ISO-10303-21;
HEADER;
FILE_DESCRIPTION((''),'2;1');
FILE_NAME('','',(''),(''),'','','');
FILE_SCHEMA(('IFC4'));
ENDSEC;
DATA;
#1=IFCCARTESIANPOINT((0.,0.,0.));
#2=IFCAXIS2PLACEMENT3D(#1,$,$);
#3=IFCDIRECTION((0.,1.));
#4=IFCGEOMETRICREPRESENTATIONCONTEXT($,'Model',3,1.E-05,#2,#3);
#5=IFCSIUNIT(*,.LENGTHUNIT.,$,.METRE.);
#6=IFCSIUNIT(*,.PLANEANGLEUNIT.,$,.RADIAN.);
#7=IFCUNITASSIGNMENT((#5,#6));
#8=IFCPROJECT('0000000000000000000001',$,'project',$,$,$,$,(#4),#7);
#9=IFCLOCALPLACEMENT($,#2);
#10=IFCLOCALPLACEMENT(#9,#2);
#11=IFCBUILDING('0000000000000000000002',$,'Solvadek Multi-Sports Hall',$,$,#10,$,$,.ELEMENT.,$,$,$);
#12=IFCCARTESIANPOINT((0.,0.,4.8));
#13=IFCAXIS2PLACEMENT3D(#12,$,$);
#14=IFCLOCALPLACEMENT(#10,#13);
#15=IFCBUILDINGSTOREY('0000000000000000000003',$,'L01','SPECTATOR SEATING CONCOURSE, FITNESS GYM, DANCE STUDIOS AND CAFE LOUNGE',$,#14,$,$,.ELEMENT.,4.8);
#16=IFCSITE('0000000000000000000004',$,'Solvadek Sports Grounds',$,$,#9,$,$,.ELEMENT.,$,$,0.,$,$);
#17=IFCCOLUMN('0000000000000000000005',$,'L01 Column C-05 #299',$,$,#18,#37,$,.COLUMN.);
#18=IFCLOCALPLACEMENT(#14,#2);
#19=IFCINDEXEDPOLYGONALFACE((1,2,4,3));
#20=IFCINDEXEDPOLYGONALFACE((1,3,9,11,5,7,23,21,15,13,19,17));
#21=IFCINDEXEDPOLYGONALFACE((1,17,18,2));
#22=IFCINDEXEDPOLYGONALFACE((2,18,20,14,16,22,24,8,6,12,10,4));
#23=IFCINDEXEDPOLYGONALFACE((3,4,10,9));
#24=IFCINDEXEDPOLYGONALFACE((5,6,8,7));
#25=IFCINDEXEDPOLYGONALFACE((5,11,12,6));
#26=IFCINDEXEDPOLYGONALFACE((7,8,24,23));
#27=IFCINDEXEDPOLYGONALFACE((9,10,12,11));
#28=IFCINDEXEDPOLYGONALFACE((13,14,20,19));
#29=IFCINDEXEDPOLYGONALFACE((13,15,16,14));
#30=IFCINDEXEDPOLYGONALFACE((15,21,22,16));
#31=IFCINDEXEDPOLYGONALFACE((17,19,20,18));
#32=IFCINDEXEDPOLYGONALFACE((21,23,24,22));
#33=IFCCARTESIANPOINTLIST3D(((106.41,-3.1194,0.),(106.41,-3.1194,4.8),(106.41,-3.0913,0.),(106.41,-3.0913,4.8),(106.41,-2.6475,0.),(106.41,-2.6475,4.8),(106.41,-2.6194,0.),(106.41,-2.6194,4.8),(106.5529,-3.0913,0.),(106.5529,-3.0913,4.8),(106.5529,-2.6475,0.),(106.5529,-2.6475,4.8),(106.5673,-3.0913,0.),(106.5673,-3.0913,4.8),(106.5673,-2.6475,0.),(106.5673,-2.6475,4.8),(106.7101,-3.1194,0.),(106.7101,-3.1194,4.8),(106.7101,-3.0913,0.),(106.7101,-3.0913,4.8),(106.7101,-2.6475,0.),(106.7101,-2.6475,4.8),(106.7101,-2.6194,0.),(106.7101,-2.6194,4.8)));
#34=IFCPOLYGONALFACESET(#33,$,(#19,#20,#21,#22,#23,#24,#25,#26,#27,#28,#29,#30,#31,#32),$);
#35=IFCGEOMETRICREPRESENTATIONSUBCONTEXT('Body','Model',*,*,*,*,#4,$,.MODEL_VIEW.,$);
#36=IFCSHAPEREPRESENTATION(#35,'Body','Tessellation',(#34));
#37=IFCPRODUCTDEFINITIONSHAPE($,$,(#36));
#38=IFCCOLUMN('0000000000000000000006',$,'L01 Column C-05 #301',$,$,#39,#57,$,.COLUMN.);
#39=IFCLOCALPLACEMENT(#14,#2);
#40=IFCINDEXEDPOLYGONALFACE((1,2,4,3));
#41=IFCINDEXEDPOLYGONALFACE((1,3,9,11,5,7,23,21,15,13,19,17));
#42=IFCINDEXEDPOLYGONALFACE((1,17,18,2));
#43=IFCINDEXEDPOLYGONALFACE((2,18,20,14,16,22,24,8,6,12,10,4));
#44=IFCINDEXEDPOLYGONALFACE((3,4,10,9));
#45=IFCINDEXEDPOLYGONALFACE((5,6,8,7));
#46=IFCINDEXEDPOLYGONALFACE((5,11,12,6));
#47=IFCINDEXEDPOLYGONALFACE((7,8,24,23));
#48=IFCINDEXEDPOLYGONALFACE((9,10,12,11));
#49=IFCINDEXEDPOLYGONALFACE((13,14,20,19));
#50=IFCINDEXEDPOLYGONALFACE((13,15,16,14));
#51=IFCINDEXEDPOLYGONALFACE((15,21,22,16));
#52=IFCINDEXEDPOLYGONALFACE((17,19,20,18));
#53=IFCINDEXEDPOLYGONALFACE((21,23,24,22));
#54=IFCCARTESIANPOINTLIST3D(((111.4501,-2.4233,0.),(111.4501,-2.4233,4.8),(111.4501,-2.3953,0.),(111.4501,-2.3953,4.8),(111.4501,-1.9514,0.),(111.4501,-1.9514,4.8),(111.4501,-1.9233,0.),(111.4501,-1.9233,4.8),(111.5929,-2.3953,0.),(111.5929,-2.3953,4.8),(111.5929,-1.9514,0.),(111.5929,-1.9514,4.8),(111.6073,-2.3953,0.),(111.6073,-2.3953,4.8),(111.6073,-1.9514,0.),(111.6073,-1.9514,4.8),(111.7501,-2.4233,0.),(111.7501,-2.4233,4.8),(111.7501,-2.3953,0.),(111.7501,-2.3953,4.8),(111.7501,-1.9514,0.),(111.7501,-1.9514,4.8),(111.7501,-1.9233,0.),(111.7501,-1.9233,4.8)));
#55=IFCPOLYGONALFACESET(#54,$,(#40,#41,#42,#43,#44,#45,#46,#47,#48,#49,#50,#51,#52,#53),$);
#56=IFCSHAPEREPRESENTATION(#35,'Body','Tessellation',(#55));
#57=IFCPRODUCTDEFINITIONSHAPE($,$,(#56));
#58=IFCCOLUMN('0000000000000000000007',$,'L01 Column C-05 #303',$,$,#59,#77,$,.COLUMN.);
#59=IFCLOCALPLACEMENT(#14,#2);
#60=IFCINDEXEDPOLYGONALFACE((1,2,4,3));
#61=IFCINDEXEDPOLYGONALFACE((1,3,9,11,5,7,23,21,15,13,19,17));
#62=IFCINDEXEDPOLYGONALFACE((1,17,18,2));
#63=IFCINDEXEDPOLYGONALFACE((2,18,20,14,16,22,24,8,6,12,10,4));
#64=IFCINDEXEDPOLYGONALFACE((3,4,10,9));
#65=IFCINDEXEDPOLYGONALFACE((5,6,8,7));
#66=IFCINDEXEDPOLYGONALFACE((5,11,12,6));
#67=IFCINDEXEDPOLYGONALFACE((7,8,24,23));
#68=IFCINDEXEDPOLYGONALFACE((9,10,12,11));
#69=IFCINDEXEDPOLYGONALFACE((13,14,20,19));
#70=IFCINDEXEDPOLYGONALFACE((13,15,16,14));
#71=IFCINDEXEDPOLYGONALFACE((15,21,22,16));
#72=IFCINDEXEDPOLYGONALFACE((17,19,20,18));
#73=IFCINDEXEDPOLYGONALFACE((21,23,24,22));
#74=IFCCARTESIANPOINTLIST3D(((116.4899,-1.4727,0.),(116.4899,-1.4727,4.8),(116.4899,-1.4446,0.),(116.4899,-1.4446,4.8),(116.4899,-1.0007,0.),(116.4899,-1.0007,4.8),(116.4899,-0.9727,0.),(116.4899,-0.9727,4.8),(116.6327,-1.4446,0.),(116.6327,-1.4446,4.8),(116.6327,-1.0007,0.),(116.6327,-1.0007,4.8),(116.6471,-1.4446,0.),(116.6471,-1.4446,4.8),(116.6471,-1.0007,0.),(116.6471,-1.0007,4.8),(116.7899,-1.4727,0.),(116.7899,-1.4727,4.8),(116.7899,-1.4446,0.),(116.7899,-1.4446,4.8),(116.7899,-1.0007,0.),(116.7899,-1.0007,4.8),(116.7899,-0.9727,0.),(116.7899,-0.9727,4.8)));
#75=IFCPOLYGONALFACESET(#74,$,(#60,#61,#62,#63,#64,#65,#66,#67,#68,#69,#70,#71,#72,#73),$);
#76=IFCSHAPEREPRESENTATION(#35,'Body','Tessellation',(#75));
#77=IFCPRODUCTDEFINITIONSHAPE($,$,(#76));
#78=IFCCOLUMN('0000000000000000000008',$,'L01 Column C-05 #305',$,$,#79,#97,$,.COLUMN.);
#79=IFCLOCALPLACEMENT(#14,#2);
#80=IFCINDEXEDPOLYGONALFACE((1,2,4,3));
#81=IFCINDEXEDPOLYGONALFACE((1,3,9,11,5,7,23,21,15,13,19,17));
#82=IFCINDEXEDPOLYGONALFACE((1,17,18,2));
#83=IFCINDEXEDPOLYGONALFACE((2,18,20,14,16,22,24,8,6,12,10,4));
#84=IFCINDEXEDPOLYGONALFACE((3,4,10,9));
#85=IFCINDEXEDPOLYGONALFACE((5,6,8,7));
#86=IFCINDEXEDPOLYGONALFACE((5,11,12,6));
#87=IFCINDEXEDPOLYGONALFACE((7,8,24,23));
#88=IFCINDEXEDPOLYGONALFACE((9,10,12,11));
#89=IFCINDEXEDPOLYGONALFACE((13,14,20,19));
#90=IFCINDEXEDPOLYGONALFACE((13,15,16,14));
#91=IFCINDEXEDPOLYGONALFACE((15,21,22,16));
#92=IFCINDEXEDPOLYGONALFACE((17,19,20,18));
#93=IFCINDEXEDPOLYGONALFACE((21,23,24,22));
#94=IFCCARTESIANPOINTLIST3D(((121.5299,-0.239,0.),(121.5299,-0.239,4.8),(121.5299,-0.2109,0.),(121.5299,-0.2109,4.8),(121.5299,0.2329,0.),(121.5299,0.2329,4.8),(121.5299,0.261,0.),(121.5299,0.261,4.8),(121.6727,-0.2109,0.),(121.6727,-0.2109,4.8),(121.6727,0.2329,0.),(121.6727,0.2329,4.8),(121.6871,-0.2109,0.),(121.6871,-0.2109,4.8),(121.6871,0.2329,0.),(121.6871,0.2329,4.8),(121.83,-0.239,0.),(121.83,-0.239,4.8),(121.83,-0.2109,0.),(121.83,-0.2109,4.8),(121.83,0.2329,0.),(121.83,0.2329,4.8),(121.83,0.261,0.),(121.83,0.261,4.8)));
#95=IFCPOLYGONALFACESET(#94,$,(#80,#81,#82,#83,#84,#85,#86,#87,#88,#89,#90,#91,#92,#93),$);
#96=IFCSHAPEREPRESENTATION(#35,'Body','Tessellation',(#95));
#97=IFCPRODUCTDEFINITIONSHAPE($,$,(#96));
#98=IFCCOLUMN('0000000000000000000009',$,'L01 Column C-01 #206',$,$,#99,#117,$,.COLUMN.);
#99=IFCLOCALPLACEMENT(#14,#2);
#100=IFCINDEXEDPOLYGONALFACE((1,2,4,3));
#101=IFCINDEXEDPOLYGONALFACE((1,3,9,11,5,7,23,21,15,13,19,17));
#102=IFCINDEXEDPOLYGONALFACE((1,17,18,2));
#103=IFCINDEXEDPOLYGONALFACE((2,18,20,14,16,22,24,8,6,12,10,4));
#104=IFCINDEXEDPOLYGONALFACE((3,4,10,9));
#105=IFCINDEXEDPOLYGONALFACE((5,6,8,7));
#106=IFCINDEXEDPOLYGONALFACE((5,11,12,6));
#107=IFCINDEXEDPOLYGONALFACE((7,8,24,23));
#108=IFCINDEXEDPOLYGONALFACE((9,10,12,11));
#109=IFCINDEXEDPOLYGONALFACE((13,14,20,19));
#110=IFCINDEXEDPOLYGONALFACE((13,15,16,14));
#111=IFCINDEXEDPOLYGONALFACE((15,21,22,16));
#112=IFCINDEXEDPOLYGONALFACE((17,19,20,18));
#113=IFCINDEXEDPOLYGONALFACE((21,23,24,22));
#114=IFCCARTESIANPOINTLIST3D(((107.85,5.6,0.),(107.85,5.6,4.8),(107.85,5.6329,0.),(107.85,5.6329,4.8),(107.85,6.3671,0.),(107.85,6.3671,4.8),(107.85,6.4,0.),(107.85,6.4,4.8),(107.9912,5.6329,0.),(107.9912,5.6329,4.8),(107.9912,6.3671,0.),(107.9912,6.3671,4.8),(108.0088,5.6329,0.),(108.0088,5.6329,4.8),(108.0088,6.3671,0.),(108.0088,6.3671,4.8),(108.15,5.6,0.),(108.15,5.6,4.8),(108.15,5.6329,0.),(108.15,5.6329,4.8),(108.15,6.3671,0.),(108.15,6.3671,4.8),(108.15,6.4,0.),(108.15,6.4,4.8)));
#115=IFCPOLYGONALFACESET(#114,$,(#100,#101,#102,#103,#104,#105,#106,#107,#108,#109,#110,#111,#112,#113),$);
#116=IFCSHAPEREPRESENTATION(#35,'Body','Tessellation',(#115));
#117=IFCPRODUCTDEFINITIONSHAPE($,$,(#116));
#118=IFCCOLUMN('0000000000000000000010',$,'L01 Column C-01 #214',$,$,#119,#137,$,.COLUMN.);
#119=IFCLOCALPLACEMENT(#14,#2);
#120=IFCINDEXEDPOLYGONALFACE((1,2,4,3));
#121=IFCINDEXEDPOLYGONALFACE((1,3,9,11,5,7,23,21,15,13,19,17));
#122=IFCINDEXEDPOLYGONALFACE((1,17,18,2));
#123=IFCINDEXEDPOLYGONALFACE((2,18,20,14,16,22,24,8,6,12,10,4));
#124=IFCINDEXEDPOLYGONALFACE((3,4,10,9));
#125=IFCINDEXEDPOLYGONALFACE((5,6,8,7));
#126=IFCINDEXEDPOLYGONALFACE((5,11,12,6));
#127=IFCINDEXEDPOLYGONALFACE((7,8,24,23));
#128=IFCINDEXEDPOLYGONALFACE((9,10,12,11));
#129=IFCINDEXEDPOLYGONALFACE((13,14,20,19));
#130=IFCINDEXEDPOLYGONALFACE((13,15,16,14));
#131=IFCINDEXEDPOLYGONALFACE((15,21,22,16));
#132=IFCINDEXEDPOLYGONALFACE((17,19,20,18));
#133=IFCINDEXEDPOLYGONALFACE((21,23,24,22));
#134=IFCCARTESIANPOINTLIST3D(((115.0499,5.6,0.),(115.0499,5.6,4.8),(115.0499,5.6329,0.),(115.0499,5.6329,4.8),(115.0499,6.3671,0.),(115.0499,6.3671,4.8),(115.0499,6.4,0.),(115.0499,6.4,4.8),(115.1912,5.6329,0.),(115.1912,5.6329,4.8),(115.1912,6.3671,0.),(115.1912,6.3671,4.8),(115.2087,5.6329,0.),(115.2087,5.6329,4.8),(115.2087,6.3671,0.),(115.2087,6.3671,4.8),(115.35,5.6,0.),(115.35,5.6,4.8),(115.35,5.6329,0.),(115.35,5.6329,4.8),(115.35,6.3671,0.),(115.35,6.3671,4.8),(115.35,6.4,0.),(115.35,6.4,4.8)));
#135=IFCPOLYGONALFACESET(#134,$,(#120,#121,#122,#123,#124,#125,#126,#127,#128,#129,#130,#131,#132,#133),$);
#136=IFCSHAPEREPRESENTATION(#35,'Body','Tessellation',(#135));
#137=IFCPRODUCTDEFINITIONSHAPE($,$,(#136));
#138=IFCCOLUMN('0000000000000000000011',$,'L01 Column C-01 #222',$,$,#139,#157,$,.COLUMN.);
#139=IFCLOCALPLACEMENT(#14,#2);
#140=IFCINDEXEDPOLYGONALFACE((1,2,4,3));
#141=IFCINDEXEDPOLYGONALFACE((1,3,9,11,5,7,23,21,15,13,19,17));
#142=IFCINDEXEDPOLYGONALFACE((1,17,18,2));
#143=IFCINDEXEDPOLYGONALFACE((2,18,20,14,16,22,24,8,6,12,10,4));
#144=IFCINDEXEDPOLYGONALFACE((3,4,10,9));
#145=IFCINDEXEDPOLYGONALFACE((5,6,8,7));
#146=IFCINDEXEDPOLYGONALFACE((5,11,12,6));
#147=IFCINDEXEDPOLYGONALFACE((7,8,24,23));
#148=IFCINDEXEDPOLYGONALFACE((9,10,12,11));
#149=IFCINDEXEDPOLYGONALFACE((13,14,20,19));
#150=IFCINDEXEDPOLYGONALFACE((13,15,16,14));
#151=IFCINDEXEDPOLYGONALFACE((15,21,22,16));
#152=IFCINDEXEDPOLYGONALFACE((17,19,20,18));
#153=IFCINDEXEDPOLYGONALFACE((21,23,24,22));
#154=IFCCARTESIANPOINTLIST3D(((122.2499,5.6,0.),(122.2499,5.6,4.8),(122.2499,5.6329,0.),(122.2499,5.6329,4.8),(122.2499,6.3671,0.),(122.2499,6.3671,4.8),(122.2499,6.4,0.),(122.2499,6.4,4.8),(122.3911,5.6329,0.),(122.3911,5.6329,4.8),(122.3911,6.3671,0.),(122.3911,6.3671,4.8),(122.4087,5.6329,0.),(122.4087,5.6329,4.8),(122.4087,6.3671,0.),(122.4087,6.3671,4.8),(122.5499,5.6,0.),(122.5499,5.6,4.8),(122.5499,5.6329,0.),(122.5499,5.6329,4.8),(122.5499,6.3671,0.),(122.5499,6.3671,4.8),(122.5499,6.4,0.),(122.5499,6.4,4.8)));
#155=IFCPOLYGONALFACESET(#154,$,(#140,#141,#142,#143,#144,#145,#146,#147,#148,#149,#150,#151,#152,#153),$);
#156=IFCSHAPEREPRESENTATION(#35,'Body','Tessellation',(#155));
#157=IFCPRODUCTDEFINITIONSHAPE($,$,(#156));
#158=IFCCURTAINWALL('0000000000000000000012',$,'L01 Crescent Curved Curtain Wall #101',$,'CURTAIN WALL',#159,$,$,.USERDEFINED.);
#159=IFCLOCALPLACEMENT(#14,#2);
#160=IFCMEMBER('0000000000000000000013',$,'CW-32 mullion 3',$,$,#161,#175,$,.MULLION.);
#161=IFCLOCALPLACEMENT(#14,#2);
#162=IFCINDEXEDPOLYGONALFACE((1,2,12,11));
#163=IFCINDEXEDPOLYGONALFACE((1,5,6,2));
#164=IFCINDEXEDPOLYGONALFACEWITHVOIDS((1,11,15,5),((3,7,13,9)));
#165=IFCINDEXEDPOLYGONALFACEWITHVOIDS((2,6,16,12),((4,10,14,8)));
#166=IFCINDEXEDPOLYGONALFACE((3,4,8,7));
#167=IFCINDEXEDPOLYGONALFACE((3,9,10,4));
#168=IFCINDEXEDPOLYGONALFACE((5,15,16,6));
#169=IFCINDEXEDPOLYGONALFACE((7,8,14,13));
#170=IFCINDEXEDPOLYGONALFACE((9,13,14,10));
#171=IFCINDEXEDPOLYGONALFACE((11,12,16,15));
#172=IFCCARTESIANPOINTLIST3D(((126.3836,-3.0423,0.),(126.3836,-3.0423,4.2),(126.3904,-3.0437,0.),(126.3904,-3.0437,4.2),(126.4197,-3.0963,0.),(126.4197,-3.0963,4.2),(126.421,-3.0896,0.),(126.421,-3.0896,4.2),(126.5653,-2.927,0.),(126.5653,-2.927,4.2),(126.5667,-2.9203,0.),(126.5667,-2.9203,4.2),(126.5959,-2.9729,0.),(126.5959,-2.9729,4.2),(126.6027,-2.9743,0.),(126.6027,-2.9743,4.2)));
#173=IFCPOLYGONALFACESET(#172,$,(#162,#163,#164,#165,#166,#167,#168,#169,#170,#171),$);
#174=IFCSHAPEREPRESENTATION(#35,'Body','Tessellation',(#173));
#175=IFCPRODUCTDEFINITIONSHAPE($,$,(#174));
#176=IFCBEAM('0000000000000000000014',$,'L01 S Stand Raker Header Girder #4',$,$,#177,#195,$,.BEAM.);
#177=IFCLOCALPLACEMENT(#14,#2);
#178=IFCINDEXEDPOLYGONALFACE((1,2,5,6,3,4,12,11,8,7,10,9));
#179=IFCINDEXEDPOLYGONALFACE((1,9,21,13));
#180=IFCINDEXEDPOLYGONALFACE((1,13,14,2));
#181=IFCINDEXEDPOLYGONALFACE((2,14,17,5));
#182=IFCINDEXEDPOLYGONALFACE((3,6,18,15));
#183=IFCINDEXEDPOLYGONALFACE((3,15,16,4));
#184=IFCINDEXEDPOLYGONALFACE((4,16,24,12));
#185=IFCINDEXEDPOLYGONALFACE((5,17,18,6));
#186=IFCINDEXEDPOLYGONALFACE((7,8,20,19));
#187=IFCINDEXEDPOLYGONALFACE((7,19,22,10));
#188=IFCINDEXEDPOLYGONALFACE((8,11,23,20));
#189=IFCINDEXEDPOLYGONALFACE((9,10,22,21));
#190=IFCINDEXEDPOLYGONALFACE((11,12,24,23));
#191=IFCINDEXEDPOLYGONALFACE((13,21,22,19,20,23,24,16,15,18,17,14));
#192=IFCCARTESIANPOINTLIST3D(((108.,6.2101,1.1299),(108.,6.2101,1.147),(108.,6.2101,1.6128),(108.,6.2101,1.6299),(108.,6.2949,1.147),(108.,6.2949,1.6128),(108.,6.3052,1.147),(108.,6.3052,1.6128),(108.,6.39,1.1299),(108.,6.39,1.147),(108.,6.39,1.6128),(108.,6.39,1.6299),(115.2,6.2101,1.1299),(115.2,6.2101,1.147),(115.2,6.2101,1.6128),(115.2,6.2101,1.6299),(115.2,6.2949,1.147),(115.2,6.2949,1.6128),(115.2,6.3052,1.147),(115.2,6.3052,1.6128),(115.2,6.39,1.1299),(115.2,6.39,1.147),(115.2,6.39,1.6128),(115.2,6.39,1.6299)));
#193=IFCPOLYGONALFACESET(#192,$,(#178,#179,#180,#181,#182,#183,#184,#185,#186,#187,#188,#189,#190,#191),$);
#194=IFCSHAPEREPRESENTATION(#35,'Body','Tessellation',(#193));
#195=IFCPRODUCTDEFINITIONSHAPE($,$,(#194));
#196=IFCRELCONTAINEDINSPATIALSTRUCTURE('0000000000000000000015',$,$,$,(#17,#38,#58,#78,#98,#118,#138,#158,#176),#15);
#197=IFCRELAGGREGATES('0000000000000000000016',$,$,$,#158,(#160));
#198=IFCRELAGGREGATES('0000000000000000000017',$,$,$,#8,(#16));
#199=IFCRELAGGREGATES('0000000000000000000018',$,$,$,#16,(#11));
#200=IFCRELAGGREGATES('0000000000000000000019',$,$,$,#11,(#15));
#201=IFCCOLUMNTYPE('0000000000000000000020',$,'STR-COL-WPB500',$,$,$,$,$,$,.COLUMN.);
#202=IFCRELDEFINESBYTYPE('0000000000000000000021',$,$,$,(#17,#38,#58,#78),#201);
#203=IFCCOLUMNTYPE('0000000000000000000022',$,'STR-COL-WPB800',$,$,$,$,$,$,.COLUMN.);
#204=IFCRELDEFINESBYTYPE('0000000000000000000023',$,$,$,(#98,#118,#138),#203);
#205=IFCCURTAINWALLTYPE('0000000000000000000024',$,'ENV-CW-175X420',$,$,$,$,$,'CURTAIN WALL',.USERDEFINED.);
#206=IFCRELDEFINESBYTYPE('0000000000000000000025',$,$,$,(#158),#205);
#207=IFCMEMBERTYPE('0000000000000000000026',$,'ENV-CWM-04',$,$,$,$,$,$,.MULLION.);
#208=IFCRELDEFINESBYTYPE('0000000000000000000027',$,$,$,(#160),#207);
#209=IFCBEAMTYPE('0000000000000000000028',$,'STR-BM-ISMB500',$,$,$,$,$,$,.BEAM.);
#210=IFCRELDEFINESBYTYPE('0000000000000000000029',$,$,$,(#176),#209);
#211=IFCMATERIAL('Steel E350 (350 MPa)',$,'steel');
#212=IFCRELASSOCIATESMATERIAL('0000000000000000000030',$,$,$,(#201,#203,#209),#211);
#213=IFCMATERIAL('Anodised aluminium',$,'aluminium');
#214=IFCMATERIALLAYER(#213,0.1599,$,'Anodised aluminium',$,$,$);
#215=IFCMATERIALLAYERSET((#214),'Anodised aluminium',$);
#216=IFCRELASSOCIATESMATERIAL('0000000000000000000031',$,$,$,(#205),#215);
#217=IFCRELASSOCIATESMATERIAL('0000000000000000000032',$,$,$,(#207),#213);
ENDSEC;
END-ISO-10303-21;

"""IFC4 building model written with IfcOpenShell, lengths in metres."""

from ifc_helpers import new_model, si_unit, direction, frame, origin, origin_2d, place, context, subcontext, project, spatial, hollow_rectangle, i_section, extrude, material, layer, layer_set, material_profile, profile_set, type_object, element, aggregate, save


model = new_model("IFC4")

# Units and contexts
model_context = context("Model", 3, precision=1e-05, world=origin(), true_north=direction((0.0, 1.0)))
body_context = subcontext(model_context, "Body", "Model", "MODEL_VIEW")
ifc_project = project(units=[si_unit("LENGTHUNIT", "METRE"), si_unit("PLANEANGLEUNIT", "RADIAN")], contexts=[model_context])

# Site, building, storey
site_placement = place(None, origin())
site = spatial("IfcSite", under=ifc_project, at=site_placement, Name="Solvadek Sports Grounds", CompositionType="ELEMENT", RefElevation=0.0)
building_placement = place(site_placement, origin())
building = spatial("IfcBuilding", under=site, at=building_placement, Name="Solvadek Multi-Sports Hall", CompositionType="ELEMENT")
storey_placement = place(building_placement, frame((0.0, 0.0, 4.8)))
storey = spatial("IfcBuildingStorey", under=building, at=storey_placement, Name="L01", Description="SPECTATOR SEATING CONCOURSE, FITNESS GYM, DANCE STUDIOS AND CAFE LOUNGE", CompositionType="ELEMENT", Elevation=4.8)

# Columns
ifc_material_1 = material(Name="Steel E350 (350 MPa)", Category="steel")
ifc_material_profile_1 = material_profile(ifc_material_1, i_section(OverallWidth=0.3, OverallDepth=0.5, WebThickness=0.0144, FlangeThickness=0.0281, at=origin_2d()), Name="WPB 500")
ifc_profile_set_1 = profile_set([ifc_material_profile_1], Name="Steel E350 (350 MPa)")
column_type_1 = type_object("IfcColumnType", Name="STR-COL-WPB500", PredefinedType="COLUMN", material=ifc_profile_set_1)
for number, where, z_axis, x_axis, name in (
    (1, (106.5601, -2.8694, 0.0), (0.0, 0.0, 1.0), (1.0, 0.0, 0.0), "L01 Column C-05 #299"),
    (2, (111.6001, -2.1733, 0.0), (0.0, 0.0, 1.0), (1.0, 0.0, 0.0), "L01 Column C-05 #301"),
    (3, (116.6399, -1.2227, 0.0), (0.0, 0.0, 1.0), (1.0, 0.0, 0.0), "L01 Column C-05 #303"),
    (4, (121.6799, 0.011, 0.0), (0.0, 0.0, 1.0), (1.0, 0.0, 0.0), "L01 Column C-05 #305"),
):
    element("IfcColumn", number, at=place(storey_placement, frame(where, z_axis=z_axis, x_axis=x_axis)), inside=storey, type_object=column_type_1, Name=name, PredefinedType="COLUMN", context=body_context, shape_type="SweptSolid", body=[
        extrude(i_section(OverallWidth=0.3, OverallDepth=0.5, WebThickness=0.0144, FlangeThickness=0.0281, at=origin_2d()), origin(), (0.0, 0.0, 1.0), 4.8),
    ])
ifc_material_profile_2 = material_profile(ifc_material_1, i_section(OverallWidth=0.3, OverallDepth=0.8, WebThickness=0.0176, FlangeThickness=0.033, at=origin_2d()), Name="WPB 800")
ifc_profile_set_2 = profile_set([ifc_material_profile_2], Name="Steel E350 (350 MPa)")
column_type_2 = type_object("IfcColumnType", Name="STR-COL-WPB800", PredefinedType="COLUMN", material=ifc_profile_set_2)
for number, where, z_axis, x_axis, name in (
    (5, (108.0, 6.0, 0.0), (0.0, 0.0, 1.0), (1.0, 0.0, 0.0), "L01 Column C-01 #206"),
    (6, (115.2, 6.0, 0.0), (0.0, 0.0, 1.0), (1.0, 0.0, 0.0), "L01 Column C-01 #214"),
    (7, (122.3999, 6.0, 0.0), (0.0, 0.0, 1.0), (1.0, 0.0, 0.0), "L01 Column C-01 #222"),
):
    element("IfcColumn", number, at=place(storey_placement, frame(where, z_axis=z_axis, x_axis=x_axis)), inside=storey, type_object=column_type_2, Name=name, PredefinedType="COLUMN", context=body_context, shape_type="SweptSolid", body=[
        extrude(i_section(OverallWidth=0.3, OverallDepth=0.8, WebThickness=0.0176, FlangeThickness=0.033, at=origin_2d()), origin(), (0.0, 0.0, 1.0), 4.8),
    ])

# Curtain wall, member
ifc_material_2 = material(Name="Anodised aluminium", Category="aluminium")
ifc_layer_1 = layer(ifc_material_2, 0.1599, Name="Anodised aluminium")
ifc_layer_set_1 = layer_set([ifc_layer_1], Name="Anodised aluminium")
curtain_wall_type = type_object("IfcCurtainWallType", Name="ENV-CW-175X420", ElementType="CURTAIN WALL", PredefinedType="USERDEFINED", material=ifc_layer_set_1)
curtain_wall_placement = place(storey_placement, origin())
curtain_wall = element("IfcCurtainWall", 8, at=curtain_wall_placement, inside=storey, type_object=curtain_wall_type, Name="L01 Crescent Curved Curtain Wall #101", ObjectType="CURTAIN WALL", PredefinedType="USERDEFINED")
ifc_material_profile_3 = material_profile(ifc_material_2, hollow_rectangle(XDim=0.0649, YDim=0.22, WallThickness=0.0049, at=origin_2d()), Name="ALU-M 220x65x5")
ifc_profile_set_3 = profile_set([ifc_material_profile_3], Name="Anodised aluminium")
member_type_1 = type_object("IfcMemberType", Name="ENV-CWM-04", PredefinedType="MULLION", material=ifc_profile_set_3)
member_1_placement = place(storey_placement, frame((126.4932, -3.0083, 0.0), z_axis=(0.0, 0.0, 1.0), x_axis=(-0.554779, 0.831998, 0.0)))
member_1 = element("IfcMember", 9, at=member_1_placement, type_object=member_type_1, Name="CW-32 mullion 3", PredefinedType="MULLION", context=body_context, shape_type="SweptSolid", body=[
    extrude(hollow_rectangle(XDim=0.0649, YDim=0.22, WallThickness=0.0049, at=origin_2d()), origin(), (0.0, 0.0, 1.0), 4.2),
])
aggregate(curtain_wall, [member_1])

# Beam
ifc_material_profile_4 = material_profile(ifc_material_1, i_section(OverallWidth=0.1799, OverallDepth=0.5, WebThickness=0.0103, FlangeThickness=0.0171, at=origin_2d()), Name="ISMB 500")
ifc_profile_set_4 = profile_set([ifc_material_profile_4], Name="Steel E350 (350 MPa)")
beam_type_1 = type_object("IfcBeamType", Name="STR-BM-ISMB500", PredefinedType="BEAM", material=ifc_profile_set_4)
for number, where, z_axis, x_axis, name in (
    (10, (108.0, 6.3, 1.3799), (1.0, 0.0, 0.0), (0.0, 1.0, 0.0), "L01 S Stand Raker Header Girder #4"),
):
    element("IfcBeam", number, at=place(storey_placement, frame(where, z_axis=z_axis, x_axis=x_axis)), inside=storey, type_object=beam_type_1, Name=name, PredefinedType="BEAM", context=body_context, shape_type="SweptSolid", body=[
        extrude(i_section(OverallWidth=0.1799, OverallDepth=0.5, WebThickness=0.0103, FlangeThickness=0.0171, at=origin_2d()), origin(), (0.0, 0.0, 1.0), 7.2),
    ])

save(model, "model.ifc")
